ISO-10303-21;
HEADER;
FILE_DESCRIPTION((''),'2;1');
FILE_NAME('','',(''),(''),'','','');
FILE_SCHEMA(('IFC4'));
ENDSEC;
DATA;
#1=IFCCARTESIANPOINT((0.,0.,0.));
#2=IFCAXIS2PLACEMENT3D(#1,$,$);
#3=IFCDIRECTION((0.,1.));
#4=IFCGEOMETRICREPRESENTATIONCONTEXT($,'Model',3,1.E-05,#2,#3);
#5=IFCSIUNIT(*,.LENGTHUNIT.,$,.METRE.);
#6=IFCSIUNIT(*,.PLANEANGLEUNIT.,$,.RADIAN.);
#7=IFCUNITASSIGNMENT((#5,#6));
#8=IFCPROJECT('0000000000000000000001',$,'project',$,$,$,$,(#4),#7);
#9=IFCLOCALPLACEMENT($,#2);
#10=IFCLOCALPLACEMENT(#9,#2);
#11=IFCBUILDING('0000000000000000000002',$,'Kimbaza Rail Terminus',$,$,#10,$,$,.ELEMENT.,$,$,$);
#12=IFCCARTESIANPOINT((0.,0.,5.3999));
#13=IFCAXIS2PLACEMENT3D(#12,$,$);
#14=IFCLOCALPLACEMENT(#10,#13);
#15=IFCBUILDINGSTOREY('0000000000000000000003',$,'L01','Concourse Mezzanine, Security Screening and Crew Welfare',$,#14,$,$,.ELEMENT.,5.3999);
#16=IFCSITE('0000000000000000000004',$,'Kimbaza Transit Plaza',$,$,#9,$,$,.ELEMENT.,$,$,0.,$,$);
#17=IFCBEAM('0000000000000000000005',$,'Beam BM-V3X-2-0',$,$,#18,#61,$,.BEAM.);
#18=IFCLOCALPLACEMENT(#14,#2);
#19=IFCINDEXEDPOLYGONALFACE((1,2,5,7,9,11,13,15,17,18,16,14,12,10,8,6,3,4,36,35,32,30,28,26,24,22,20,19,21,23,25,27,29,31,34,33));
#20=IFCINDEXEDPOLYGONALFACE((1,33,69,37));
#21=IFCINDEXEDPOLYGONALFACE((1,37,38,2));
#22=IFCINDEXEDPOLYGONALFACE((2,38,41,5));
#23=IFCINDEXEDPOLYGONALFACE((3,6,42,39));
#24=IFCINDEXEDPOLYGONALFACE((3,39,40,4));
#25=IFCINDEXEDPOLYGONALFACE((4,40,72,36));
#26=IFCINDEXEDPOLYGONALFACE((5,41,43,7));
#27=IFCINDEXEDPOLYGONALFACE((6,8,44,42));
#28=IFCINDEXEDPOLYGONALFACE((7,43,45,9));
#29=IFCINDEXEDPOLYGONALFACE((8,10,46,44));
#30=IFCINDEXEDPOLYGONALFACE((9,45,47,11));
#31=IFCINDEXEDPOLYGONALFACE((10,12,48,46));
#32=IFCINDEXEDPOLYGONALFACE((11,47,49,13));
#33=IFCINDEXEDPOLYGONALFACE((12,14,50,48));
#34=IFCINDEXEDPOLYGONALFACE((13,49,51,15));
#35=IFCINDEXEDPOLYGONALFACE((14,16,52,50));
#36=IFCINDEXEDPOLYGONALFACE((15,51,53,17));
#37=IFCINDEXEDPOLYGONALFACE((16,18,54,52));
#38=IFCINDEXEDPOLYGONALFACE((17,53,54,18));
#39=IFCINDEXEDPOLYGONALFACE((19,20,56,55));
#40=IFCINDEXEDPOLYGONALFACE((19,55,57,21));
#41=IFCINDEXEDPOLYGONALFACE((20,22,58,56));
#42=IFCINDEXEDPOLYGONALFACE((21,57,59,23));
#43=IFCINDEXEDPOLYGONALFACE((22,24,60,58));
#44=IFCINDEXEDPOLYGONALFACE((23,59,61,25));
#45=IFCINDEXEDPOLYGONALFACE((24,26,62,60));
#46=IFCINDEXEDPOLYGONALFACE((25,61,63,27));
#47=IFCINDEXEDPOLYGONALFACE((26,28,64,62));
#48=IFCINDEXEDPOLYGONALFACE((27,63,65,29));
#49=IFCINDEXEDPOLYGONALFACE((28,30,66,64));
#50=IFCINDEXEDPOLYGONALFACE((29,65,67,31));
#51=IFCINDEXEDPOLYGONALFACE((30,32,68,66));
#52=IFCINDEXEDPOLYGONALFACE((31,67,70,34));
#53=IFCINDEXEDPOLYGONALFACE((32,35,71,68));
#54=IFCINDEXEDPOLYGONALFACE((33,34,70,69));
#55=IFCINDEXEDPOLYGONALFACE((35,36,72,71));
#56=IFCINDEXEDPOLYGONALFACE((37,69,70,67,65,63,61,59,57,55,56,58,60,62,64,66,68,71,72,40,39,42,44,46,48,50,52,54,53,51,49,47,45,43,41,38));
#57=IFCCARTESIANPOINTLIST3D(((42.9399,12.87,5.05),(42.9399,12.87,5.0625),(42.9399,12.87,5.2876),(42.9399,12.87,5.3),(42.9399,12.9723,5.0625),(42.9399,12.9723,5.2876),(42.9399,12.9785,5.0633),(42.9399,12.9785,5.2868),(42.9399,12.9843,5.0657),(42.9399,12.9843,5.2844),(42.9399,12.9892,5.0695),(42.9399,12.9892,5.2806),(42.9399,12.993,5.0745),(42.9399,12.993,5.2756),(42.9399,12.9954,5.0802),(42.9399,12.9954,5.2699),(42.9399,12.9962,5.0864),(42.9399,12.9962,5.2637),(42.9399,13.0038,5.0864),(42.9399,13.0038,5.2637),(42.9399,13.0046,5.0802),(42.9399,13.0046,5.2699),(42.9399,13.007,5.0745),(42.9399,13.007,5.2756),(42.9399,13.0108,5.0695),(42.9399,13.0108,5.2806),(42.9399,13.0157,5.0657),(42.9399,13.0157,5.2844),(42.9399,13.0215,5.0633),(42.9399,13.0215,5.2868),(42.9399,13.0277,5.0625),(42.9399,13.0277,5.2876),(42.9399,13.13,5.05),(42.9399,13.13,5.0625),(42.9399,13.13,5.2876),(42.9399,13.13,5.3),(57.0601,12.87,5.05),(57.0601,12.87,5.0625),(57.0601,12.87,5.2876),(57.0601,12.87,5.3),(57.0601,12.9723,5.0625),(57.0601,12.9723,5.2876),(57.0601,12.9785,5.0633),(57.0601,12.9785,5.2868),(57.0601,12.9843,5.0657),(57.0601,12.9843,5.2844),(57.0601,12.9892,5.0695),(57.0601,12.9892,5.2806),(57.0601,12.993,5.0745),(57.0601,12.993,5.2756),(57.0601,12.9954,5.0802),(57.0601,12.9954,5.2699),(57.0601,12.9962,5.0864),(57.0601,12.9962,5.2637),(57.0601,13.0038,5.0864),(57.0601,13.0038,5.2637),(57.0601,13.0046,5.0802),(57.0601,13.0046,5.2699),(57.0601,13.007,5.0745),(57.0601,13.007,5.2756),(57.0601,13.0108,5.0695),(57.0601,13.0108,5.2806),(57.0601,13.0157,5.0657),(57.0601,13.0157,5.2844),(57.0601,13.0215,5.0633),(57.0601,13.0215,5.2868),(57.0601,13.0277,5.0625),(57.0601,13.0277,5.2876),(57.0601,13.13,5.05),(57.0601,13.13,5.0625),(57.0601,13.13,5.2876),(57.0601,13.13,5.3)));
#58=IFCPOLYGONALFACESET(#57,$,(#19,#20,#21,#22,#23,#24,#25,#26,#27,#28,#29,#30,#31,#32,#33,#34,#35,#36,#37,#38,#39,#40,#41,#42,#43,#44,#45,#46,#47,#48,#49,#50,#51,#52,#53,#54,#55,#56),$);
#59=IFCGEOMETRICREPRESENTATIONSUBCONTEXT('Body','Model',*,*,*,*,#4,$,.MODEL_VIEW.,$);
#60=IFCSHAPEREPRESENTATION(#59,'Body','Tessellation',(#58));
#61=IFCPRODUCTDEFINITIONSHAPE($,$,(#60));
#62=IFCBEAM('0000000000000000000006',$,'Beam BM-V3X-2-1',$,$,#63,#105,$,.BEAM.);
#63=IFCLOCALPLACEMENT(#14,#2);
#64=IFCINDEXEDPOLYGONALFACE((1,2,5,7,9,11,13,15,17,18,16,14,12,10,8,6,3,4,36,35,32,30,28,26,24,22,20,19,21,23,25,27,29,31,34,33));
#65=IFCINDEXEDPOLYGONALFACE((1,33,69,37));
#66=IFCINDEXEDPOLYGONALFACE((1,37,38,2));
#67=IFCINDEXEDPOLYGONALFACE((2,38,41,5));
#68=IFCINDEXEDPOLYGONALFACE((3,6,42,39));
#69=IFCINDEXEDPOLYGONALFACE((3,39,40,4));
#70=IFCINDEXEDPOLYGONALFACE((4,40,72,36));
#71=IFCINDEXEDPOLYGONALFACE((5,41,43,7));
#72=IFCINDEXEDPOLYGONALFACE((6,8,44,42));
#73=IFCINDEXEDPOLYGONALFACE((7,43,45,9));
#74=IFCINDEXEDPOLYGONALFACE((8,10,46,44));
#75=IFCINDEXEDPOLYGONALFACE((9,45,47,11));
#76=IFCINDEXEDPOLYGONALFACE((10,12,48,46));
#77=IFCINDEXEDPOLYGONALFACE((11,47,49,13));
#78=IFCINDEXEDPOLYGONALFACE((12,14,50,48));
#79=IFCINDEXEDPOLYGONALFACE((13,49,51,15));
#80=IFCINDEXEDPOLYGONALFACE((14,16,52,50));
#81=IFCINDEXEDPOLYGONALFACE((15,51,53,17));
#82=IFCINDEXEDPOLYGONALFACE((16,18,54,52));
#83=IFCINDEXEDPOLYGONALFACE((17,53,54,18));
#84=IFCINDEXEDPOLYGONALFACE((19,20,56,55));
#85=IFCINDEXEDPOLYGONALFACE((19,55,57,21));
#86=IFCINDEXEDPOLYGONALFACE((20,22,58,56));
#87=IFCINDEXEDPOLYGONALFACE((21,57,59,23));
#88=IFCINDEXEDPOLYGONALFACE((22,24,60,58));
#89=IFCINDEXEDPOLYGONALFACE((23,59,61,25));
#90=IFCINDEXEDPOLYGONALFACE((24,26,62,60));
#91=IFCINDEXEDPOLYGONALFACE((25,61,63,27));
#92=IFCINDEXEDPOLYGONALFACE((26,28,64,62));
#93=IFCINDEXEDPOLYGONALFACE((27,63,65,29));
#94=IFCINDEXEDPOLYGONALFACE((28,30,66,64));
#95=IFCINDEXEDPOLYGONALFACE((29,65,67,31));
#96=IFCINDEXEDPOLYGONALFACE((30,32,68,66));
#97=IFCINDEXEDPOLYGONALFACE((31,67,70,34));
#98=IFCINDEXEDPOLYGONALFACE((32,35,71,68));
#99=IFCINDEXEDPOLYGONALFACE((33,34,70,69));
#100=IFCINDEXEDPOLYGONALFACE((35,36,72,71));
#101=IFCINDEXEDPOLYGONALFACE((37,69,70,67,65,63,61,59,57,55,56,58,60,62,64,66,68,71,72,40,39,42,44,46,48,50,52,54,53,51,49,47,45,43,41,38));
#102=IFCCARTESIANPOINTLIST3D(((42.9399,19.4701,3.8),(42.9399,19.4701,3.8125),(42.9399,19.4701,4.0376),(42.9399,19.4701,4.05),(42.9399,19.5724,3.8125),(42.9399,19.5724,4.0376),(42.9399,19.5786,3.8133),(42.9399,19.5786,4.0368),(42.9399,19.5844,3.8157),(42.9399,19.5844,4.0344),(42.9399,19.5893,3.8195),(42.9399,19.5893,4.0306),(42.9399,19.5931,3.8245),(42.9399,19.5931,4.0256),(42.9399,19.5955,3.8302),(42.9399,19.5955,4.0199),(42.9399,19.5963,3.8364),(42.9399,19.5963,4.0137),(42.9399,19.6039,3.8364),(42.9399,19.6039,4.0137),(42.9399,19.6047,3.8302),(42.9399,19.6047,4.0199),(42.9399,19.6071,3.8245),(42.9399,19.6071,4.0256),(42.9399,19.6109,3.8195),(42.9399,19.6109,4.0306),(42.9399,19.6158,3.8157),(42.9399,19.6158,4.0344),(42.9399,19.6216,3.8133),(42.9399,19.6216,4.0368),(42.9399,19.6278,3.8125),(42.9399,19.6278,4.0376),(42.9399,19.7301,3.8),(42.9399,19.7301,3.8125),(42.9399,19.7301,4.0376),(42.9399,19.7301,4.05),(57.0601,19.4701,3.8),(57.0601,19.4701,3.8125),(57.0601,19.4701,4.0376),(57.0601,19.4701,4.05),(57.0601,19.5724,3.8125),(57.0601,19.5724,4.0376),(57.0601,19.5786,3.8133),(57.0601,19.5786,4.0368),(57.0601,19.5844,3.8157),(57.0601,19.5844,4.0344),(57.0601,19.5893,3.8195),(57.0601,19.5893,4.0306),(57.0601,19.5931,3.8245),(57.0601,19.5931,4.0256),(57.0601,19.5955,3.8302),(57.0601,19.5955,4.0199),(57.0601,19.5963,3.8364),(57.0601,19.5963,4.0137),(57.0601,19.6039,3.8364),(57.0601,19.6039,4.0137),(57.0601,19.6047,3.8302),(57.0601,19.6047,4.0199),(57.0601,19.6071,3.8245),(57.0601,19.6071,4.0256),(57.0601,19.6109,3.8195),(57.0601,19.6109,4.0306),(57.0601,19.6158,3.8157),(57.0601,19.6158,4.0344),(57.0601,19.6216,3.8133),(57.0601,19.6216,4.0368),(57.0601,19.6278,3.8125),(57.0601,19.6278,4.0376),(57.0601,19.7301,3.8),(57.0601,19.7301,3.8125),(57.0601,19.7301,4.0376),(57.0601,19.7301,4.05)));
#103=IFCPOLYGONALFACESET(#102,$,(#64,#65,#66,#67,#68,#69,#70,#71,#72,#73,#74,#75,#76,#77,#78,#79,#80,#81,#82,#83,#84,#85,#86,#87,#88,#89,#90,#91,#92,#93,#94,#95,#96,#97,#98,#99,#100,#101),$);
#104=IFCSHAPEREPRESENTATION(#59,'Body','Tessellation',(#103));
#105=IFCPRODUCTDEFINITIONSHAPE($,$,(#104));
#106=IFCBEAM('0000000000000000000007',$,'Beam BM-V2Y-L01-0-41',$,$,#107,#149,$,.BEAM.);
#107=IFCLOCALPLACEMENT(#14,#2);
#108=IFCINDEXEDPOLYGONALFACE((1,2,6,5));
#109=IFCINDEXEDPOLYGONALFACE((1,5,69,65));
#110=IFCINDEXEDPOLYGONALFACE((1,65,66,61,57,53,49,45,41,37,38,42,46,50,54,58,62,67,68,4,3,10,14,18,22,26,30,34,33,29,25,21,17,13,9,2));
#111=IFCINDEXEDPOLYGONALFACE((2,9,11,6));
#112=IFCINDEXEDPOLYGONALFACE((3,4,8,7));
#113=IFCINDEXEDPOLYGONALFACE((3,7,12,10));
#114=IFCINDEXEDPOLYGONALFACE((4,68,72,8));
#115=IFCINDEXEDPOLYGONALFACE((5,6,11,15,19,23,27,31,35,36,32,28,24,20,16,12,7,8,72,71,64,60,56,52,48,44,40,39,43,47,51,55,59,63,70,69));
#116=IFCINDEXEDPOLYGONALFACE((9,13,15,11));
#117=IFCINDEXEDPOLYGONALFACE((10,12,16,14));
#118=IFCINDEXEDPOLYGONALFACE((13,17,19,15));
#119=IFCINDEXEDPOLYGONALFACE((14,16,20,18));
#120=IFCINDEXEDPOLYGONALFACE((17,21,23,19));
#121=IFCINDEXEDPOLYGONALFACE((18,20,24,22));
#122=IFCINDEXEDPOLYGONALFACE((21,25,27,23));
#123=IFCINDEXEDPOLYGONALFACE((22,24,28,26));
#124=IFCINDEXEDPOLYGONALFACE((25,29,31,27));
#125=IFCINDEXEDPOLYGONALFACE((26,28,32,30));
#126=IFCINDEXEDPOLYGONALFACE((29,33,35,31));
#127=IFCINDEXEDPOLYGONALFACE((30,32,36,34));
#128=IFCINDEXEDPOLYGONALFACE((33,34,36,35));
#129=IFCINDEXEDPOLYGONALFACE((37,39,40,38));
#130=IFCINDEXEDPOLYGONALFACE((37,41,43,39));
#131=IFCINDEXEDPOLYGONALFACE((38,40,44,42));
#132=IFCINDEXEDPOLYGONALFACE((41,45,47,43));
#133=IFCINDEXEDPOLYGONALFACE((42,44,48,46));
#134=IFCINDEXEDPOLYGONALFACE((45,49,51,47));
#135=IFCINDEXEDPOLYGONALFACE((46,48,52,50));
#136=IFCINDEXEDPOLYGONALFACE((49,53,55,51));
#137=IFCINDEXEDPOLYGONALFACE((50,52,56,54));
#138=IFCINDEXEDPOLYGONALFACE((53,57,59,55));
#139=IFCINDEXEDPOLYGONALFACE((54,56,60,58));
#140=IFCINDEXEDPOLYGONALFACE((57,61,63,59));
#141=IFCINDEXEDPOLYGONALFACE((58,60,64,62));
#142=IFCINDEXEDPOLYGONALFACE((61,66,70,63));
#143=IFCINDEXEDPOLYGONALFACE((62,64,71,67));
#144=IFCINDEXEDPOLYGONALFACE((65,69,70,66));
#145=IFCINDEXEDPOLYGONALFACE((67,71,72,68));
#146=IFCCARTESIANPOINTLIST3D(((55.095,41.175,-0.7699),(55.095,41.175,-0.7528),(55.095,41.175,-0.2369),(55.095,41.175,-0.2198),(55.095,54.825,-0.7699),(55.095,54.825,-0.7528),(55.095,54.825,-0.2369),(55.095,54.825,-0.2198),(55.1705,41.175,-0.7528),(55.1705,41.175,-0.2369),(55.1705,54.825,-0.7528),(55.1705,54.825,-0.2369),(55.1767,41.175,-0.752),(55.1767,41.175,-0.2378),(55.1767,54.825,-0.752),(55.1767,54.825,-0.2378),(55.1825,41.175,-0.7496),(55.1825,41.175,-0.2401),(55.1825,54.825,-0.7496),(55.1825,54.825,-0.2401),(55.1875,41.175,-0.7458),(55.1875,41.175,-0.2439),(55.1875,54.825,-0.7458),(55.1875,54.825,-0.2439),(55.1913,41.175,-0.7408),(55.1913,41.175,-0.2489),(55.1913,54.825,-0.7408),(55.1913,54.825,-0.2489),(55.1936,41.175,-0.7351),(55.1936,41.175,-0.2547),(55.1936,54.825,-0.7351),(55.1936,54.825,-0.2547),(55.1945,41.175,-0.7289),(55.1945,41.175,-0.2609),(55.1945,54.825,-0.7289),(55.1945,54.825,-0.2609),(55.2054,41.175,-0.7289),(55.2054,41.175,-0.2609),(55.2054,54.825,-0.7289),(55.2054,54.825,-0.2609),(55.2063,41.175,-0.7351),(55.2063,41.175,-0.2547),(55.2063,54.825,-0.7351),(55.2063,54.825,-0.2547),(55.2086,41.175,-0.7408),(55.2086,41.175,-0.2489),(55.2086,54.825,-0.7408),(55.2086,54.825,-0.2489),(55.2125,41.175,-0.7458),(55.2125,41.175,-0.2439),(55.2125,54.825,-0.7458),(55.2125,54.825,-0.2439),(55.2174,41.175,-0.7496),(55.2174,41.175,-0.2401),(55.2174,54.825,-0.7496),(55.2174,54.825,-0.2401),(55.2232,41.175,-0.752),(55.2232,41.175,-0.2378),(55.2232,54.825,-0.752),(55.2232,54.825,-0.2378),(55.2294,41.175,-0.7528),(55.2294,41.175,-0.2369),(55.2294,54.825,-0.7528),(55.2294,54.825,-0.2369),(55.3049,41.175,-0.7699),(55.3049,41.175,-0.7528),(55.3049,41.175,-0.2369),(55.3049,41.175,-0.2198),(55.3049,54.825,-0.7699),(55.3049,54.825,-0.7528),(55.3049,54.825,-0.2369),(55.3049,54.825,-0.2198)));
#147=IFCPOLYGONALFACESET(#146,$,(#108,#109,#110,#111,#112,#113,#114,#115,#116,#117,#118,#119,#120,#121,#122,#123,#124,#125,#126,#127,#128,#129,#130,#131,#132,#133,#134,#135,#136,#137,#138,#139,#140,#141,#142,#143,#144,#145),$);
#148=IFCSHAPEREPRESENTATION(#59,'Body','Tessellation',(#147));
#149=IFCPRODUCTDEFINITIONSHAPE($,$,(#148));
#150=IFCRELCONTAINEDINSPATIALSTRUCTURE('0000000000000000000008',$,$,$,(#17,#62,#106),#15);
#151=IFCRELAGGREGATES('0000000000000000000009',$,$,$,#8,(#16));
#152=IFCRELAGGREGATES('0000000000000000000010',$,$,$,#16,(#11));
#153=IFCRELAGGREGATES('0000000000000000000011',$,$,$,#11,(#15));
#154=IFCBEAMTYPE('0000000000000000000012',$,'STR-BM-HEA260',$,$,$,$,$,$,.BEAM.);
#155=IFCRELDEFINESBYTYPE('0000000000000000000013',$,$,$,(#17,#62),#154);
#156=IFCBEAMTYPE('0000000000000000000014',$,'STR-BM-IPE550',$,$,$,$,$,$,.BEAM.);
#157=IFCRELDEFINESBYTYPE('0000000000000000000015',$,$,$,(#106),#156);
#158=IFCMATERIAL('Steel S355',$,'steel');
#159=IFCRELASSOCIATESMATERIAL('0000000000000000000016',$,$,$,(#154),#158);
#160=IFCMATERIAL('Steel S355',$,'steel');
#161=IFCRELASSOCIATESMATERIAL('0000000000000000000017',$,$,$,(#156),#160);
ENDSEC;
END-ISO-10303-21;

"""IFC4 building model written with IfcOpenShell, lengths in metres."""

from ifc_helpers import new_model, si_unit, direction, frame, origin, origin_2d, place, context, subcontext, project, spatial, i_section, extrude, material, material_profile, profile_set, type_object, element, save


model = new_model("IFC4")

# Units and contexts
model_context = context("Model", 3, precision=1e-05, world=origin(), true_north=direction((0.0, 1.0)))
body_context = subcontext(model_context, "Body", "Model", "MODEL_VIEW")
ifc_project = project(units=[si_unit("LENGTHUNIT", "METRE"), si_unit("PLANEANGLEUNIT", "RADIAN")], contexts=[model_context])

# Site, building, storey
site_placement = place(None, origin())
site = spatial("IfcSite", under=ifc_project, at=site_placement, Name="Kimbaza Transit Plaza", CompositionType="ELEMENT", RefElevation=0.0)
building_placement = place(site_placement, origin())
building = spatial("IfcBuilding", under=site, at=building_placement, Name="Kimbaza Rail Terminus", CompositionType="ELEMENT")
storey_placement = place(building_placement, frame((0.0, 0.0, 5.3999)))
storey = spatial("IfcBuildingStorey", under=building, at=storey_placement, Name="L01", Description="Concourse Mezzanine, Security Screening and Crew Welfare", CompositionType="ELEMENT", Elevation=5.3999)

# Beams
ifc_material_1 = material(Name="Steel S355", Category="steel")
ifc_material_profile_1 = material_profile(ifc_material_1, i_section(OverallWidth=0.26, OverallDepth=0.25, WebThickness=0.0076, FlangeThickness=0.0125, FilletRadius=0.0239, at=origin_2d()), Name="HEA 260")
ifc_profile_set_1 = profile_set([ifc_material_profile_1], Name="Steel S355")
beam_type_1 = type_object("IfcBeamType", Name="STR-BM-HEA260", PredefinedType="BEAM", material=ifc_profile_set_1)
for number, where, z_axis, x_axis, name in (
    (1, (42.9399, 13.0, 5.175), (1.0, 0.0, 0.0), (0.0, 1.0, 0.0), "Beam BM-V3X-2-0"),
    (2, (42.9399, 19.6001, 3.925), (1.0, 0.0, 0.0), (0.0, 1.0, 0.0), "Beam BM-V3X-2-1"),
):
    element("IfcBeam", number, at=place(storey_placement, frame(where, z_axis=z_axis, x_axis=x_axis)), inside=storey, type_object=beam_type_1, Name=name, PredefinedType="BEAM", context=body_context, shape_type="SweptSolid", body=[
        extrude(i_section(OverallWidth=0.26, OverallDepth=0.25, WebThickness=0.0076, FlangeThickness=0.0125, FilletRadius=0.0239, at=origin_2d()), origin(), (0.0, 0.0, 1.0), 14.1201),
    ])
ifc_material_2 = material(Name="Steel S355", Category="steel")
ifc_material_profile_2 = material_profile(ifc_material_2, i_section(OverallWidth=0.21, OverallDepth=0.55, WebThickness=0.011, FlangeThickness=0.0171, FilletRadius=0.0239, at=origin_2d()), Name="IPE 550")
ifc_profile_set_2 = profile_set([ifc_material_profile_2], Name="Steel S355")
beam_type_2 = type_object("IfcBeamType", Name="STR-BM-IPE550", PredefinedType="BEAM", material=ifc_profile_set_2)
beam_placement = place(storey_placement, frame((55.2, 41.175, -0.4949), z_axis=(0.0, 1.0, 0.0), x_axis=(-1.0, 0.0, 0.0)))
element("IfcBeam", 3, at=beam_placement, inside=storey, type_object=beam_type_2, Name="Beam BM-V2Y-L01-0-41", PredefinedType="BEAM", context=body_context, shape_type="SweptSolid", body=[
    extrude(i_section(OverallWidth=0.21, OverallDepth=0.55, WebThickness=0.011, FlangeThickness=0.0171, FilletRadius=0.0239, at=origin_2d()), origin(), (0.0, 0.0, 1.0), 13.6499),
])

save(model, "model.ifc")
